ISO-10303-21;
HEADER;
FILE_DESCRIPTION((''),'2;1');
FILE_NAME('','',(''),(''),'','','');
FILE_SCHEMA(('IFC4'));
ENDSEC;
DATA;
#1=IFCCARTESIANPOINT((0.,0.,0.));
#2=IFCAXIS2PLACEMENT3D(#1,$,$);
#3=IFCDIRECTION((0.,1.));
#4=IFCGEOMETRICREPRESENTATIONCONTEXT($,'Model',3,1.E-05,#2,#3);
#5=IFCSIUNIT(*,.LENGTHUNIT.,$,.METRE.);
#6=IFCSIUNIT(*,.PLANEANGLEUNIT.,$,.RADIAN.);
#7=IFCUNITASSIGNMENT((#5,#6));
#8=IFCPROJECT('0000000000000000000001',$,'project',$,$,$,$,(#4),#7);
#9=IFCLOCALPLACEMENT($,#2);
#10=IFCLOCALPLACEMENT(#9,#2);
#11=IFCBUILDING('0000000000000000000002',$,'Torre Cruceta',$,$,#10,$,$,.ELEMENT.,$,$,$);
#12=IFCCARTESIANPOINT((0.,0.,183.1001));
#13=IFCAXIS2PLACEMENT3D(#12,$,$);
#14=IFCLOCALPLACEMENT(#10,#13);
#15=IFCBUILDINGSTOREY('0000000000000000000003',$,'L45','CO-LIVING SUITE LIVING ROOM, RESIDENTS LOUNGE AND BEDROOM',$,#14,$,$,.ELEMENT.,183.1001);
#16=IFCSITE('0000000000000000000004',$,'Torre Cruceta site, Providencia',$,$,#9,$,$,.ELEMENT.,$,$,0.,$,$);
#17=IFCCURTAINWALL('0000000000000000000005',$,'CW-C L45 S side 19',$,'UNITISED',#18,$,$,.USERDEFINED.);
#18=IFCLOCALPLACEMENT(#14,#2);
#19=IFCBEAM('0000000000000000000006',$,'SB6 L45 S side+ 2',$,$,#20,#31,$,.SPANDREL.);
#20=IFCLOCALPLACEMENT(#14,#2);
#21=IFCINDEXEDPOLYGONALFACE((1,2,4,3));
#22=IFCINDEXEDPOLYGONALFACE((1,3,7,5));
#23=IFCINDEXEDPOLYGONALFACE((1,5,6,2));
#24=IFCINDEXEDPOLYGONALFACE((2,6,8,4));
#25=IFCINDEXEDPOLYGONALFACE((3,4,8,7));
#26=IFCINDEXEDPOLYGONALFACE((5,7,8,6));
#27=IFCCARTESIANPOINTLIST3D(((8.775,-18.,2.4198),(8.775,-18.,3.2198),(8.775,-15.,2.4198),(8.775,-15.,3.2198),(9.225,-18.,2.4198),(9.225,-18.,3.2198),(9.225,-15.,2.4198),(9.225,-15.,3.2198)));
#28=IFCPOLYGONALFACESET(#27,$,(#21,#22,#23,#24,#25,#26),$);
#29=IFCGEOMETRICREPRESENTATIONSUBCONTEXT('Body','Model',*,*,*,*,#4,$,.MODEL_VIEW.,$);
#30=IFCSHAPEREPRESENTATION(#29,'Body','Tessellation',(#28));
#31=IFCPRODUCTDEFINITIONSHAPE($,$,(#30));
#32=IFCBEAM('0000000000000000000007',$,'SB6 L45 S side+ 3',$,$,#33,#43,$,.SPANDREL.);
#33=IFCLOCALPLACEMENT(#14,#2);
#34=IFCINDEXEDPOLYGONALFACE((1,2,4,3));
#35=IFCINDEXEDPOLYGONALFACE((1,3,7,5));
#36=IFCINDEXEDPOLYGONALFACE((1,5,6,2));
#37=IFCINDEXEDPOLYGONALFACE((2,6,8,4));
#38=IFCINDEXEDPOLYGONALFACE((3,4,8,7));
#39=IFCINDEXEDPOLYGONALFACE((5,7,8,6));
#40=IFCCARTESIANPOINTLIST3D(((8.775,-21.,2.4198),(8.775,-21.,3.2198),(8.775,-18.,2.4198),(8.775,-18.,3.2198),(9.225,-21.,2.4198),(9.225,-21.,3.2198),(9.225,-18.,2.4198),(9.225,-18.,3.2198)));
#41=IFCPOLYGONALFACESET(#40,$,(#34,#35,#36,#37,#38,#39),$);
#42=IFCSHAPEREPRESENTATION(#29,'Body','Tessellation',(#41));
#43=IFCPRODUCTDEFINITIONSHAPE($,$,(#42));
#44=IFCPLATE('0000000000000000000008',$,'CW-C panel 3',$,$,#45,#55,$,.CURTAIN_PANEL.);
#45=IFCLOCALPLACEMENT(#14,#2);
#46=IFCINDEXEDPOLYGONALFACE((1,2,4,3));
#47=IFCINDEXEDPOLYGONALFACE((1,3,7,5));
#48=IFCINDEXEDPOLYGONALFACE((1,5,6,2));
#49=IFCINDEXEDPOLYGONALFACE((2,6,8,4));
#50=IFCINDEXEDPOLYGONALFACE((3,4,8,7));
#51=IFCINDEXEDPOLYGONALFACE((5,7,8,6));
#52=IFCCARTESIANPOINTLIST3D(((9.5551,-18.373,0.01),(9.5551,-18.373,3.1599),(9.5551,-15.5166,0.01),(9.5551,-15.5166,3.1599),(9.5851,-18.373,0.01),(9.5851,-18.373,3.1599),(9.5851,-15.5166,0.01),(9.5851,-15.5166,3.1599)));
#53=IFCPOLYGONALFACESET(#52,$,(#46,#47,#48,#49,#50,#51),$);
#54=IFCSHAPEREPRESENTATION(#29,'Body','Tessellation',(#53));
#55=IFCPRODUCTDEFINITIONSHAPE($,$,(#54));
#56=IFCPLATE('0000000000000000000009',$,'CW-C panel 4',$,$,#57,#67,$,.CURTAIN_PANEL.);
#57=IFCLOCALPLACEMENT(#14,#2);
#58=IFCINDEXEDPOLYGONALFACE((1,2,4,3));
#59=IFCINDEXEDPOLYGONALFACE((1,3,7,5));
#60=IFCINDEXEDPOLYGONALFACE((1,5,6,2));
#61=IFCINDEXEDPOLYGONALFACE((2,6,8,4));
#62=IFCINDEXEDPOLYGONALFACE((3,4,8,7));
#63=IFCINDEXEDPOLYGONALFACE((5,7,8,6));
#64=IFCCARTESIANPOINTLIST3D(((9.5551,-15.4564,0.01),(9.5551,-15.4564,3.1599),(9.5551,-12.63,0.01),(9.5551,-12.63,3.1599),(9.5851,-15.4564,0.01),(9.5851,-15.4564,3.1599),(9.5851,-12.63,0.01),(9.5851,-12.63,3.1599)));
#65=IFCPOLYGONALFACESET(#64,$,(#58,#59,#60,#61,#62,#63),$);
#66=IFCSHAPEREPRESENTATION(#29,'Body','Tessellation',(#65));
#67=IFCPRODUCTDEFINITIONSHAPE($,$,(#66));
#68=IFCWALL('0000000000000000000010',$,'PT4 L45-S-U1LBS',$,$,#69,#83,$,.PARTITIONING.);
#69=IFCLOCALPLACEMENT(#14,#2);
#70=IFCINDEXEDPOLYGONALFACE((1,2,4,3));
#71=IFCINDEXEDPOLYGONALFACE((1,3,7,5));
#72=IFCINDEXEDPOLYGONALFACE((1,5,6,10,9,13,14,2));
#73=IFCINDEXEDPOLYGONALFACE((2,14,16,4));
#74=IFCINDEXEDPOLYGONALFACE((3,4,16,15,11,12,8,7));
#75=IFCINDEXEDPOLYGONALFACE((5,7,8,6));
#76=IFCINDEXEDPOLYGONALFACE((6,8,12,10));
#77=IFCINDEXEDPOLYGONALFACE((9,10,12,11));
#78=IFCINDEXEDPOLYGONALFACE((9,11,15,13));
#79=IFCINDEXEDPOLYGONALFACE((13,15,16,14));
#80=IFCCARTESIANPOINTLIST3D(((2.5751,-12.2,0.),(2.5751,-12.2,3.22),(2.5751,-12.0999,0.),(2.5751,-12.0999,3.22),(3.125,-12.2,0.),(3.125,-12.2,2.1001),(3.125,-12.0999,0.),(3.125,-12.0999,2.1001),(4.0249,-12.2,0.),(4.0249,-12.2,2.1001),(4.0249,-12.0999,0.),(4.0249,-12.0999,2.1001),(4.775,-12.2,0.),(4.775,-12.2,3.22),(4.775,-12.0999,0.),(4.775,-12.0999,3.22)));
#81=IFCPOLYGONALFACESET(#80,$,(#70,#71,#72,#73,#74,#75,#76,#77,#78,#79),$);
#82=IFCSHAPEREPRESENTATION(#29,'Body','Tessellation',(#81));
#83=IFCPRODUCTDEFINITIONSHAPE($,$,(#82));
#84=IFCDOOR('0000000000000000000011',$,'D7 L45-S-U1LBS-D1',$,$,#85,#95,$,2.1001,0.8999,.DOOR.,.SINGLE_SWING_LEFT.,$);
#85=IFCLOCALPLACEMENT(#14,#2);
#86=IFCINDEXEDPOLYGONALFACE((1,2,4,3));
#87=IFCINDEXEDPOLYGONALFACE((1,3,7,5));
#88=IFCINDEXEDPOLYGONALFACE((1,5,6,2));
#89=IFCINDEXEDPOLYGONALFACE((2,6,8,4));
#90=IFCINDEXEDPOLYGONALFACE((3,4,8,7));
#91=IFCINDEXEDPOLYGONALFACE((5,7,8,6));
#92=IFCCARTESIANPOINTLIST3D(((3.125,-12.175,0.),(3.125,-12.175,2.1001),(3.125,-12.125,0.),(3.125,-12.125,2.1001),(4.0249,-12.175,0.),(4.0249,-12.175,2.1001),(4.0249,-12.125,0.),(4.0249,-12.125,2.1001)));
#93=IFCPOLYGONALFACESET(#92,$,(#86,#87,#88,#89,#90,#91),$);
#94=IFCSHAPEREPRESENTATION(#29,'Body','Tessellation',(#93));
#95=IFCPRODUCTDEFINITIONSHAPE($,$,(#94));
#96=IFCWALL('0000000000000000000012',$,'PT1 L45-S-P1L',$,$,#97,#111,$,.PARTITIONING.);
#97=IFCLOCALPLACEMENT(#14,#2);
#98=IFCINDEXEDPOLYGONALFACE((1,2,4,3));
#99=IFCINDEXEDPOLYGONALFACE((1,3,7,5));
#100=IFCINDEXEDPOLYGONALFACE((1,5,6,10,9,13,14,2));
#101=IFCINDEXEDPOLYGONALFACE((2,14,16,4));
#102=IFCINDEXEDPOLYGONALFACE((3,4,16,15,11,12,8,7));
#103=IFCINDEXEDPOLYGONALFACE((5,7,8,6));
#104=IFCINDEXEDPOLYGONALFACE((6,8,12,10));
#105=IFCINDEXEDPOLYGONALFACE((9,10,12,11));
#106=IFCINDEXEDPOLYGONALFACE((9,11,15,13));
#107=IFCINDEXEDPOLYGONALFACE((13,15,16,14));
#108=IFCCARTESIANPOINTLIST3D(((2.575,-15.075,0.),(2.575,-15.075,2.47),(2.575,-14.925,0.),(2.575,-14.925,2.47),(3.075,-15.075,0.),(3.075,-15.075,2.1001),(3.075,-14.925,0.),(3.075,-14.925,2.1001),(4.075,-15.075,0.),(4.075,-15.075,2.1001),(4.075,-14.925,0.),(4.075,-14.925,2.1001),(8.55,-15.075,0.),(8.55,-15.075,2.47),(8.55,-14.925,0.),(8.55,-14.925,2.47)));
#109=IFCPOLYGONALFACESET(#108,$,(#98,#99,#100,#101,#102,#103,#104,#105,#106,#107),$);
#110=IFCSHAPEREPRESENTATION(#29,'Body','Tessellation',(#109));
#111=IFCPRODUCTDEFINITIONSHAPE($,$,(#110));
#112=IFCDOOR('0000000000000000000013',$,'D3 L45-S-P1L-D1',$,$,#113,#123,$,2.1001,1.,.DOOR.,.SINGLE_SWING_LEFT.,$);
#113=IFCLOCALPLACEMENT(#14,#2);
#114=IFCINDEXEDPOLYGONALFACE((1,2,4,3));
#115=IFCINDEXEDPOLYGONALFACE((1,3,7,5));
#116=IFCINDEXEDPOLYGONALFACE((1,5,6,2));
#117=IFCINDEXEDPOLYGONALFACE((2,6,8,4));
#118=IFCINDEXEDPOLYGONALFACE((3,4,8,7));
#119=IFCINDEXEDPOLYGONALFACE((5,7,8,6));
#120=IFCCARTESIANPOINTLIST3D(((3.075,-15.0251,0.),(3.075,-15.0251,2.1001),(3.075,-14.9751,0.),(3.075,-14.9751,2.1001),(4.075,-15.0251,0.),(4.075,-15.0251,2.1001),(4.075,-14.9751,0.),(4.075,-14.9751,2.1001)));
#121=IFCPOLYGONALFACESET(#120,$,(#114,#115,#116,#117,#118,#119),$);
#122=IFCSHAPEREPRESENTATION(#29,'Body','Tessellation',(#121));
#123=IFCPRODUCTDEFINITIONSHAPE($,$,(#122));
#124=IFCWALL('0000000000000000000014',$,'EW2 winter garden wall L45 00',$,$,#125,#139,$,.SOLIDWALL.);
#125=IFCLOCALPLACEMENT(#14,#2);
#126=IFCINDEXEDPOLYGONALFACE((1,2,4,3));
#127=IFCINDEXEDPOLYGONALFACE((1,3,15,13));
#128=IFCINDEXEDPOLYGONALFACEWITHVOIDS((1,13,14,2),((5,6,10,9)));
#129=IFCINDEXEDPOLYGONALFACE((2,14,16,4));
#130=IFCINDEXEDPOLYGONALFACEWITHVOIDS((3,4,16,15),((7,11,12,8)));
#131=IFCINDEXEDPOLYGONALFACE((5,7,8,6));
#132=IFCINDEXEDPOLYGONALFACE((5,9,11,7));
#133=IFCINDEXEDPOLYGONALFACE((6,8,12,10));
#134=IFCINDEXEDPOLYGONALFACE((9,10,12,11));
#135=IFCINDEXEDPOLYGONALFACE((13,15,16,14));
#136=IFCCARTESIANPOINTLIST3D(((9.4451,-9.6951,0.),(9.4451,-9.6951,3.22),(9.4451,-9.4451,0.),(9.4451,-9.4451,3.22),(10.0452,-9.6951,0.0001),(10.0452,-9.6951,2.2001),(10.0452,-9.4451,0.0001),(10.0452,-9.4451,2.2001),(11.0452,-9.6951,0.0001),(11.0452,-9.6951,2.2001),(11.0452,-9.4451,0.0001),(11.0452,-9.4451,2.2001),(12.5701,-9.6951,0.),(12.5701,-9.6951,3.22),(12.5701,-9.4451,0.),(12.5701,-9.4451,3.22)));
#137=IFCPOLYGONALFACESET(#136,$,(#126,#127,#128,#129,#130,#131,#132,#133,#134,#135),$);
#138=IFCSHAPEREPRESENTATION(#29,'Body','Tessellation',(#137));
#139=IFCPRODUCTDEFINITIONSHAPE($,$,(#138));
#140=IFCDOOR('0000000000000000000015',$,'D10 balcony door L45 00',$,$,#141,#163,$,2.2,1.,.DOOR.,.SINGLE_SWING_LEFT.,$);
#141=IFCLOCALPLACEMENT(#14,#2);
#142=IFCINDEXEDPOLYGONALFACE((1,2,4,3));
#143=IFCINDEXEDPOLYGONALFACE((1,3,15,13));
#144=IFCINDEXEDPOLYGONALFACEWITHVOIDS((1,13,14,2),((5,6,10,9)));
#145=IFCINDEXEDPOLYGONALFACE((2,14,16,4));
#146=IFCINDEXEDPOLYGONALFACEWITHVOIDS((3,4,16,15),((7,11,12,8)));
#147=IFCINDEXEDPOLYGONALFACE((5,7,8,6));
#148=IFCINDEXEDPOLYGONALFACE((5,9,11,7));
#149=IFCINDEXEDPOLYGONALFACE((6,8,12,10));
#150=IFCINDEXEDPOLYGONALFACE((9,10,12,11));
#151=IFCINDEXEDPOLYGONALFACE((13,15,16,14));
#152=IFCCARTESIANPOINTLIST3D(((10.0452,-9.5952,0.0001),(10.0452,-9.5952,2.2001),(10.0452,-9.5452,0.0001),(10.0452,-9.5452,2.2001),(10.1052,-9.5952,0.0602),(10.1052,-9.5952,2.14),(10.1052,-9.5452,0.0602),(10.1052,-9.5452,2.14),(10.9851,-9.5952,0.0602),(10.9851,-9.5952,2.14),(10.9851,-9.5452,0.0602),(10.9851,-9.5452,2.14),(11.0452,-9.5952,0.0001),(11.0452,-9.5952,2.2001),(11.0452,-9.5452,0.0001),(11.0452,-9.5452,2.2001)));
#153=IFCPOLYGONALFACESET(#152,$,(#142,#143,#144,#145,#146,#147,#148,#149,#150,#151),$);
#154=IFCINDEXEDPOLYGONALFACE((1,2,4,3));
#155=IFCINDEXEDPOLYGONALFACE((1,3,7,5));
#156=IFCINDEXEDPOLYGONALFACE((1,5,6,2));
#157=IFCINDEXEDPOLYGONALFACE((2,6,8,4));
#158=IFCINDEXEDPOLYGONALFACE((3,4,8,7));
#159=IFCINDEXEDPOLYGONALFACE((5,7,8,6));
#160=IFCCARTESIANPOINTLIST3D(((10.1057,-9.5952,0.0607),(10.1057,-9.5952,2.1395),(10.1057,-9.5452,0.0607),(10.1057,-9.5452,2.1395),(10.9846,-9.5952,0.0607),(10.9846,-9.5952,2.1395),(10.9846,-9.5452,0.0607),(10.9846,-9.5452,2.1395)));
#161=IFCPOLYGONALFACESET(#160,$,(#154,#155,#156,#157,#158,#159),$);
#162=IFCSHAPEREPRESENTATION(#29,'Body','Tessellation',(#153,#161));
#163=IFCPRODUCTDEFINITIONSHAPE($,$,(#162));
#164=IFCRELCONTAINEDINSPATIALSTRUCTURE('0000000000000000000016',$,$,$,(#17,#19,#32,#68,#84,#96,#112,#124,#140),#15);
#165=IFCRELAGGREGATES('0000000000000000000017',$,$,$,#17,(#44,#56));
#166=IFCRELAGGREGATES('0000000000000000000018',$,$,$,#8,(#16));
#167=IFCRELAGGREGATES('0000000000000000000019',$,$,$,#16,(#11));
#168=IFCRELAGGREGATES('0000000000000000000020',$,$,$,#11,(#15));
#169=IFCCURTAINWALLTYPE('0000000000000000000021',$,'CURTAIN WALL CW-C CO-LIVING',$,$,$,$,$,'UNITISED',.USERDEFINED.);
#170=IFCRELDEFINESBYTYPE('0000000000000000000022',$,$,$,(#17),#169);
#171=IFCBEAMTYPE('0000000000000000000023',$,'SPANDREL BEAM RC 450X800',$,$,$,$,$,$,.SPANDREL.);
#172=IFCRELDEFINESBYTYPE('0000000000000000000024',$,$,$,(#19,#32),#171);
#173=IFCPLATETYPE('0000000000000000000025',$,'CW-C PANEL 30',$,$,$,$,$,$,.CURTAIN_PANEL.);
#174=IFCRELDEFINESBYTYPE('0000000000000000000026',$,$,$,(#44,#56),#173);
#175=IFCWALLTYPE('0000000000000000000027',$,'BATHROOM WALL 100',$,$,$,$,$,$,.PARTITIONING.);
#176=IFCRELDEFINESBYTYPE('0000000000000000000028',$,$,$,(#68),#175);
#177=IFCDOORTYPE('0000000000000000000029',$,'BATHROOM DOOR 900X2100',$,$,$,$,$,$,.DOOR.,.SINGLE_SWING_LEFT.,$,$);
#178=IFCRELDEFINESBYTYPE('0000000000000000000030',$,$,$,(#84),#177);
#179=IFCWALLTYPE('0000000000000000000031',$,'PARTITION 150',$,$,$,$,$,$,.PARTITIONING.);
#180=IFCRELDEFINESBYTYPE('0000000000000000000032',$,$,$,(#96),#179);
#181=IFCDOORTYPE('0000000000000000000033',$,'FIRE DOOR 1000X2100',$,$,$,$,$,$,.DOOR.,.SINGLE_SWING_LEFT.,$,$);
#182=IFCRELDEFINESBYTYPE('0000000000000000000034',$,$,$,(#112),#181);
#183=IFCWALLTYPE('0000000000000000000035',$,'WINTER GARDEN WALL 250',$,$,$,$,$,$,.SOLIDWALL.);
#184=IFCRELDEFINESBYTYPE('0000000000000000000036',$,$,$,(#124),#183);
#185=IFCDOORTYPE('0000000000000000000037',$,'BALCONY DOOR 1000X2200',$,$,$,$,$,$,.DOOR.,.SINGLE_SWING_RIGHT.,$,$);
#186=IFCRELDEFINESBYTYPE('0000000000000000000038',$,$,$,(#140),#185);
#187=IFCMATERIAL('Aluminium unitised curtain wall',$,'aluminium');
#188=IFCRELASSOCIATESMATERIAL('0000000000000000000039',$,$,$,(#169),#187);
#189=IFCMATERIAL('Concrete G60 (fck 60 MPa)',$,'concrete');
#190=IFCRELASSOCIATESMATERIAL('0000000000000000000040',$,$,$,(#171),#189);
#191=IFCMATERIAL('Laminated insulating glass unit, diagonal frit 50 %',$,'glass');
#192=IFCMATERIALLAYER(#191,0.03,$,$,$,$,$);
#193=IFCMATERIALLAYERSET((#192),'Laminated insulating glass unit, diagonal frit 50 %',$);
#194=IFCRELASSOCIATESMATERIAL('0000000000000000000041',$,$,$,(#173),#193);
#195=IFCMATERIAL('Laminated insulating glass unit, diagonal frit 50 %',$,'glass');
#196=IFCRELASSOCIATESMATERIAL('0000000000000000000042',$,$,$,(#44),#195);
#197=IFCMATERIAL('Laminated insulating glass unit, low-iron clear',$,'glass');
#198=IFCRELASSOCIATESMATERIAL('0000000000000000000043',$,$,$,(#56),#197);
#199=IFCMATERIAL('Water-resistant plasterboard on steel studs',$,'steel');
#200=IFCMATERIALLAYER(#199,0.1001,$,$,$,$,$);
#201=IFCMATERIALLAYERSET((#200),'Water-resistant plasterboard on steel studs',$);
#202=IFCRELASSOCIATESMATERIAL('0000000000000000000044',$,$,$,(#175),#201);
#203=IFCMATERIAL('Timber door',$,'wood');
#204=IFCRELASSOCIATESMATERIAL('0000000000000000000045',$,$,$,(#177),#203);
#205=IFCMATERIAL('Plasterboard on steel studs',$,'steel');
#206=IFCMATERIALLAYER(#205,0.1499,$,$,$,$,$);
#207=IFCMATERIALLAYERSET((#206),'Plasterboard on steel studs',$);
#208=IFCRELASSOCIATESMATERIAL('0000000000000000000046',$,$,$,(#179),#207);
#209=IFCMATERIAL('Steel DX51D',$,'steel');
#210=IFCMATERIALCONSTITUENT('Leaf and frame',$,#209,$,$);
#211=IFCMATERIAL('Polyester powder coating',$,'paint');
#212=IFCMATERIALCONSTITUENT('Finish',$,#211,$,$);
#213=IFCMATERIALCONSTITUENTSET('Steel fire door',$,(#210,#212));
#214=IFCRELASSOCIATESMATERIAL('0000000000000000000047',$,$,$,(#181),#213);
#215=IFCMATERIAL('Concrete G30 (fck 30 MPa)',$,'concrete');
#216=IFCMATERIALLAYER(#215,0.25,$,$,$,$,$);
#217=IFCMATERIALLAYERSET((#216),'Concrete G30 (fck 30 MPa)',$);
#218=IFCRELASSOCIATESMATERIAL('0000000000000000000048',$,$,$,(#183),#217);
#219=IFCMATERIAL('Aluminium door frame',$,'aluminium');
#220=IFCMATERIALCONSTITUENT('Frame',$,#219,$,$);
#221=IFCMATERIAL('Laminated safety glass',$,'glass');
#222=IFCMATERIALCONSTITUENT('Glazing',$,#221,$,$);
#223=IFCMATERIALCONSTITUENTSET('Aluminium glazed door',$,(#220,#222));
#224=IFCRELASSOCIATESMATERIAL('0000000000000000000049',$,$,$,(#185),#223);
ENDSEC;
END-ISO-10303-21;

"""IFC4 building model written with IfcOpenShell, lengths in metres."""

from ifc_helpers import new_model, si_unit, direction, frame, frame_2d, origin, origin_2d, place, context, subcontext, project, spatial, rectangle, hollow_rectangle, extrude, material, layer, layer_set, constituent, constituent_set, material_profile, profile_set, type_object, element, fill, aggregate, save


model = new_model("IFC4")

# Units and contexts
model_context = context("Model", 3, precision=1e-05, world=origin(), true_north=direction((0.0, 1.0)))
body_context = subcontext(model_context, "Body", "Model", "MODEL_VIEW")
ifc_project = project(units=[si_unit("LENGTHUNIT", "METRE"), si_unit("PLANEANGLEUNIT", "RADIAN")], contexts=[model_context])

# Site, building, storey
site_placement = place(None, origin())
site = spatial("IfcSite", under=ifc_project, at=site_placement, Name="Torre Cruceta site, Providencia", CompositionType="ELEMENT", RefElevation=0.0)
building_placement = place(site_placement, origin())
building = spatial("IfcBuilding", under=site, at=building_placement, Name="Torre Cruceta", CompositionType="ELEMENT")
storey_placement = place(building_placement, frame((0.0, 0.0, 183.1001)))
storey = spatial("IfcBuildingStorey", under=building, at=storey_placement, Name="L45", Description="CO-LIVING SUITE LIVING ROOM, RESIDENTS LOUNGE AND BEDROOM", CompositionType="ELEMENT", Elevation=183.1001)

# Shared definitions
ifc_material_1 = material(Name="Aluminium unitised curtain wall", Category="aluminium")
curtain_wall_type = type_object("IfcCurtainWallType", Name="CURTAIN WALL CW-C CO-LIVING", ElementType="UNITISED", PredefinedType="USERDEFINED", material=ifc_material_1)

# Curtain wall
curtain_wall_1_placement = place(storey_placement, origin())
curtain_wall_1 = element("IfcCurtainWall", 1, at=curtain_wall_1_placement, inside=storey, type_object=curtain_wall_type, Name="CW-C L45 S side 19", ObjectType="UNITISED", PredefinedType="USERDEFINED")

# Beams
ifc_material_2 = material(Name="Concrete G60 (fck 60 MPa)", Category="concrete")
ifc_material_profile_1 = material_profile(ifc_material_2, rectangle(XDim=0.45, YDim=0.8, at=origin_2d()), Name="RC 450X800")
ifc_profile_set_1 = profile_set([ifc_material_profile_1], Name="Concrete G60 (fck 60 MPa)")
beam_type_1 = type_object("IfcBeamType", Name="SPANDREL BEAM RC 450X800", PredefinedType="SPANDREL", material=ifc_profile_set_1)
for number, where, z_axis, x_axis, name in (
    (2, (9.0, -15.0, 2.8198), (0.0, -1.0, 0.0), (1.0, 0.0, 0.0), "SB6 L45 S side+ 2"),
    (3, (9.0, -18.0, 2.8198), (0.0, -1.0, 0.0), (1.0, 0.0, 0.0), "SB6 L45 S side+ 3"),
):
    element("IfcBeam", number, at=place(storey_placement, frame(where, z_axis=z_axis, x_axis=x_axis)), inside=storey, type_object=beam_type_1, Name=name, PredefinedType="SPANDREL", context=body_context, shape_type="SweptSolid", body=[
        extrude(rectangle(XDim=0.45, YDim=0.8, at=origin_2d()), origin(), (0.0, 0.0, 1.0), 3.0),
    ])

# Plates
ifc_material_3 = material(Name="Laminated insulating glass unit, diagonal frit 50 %", Category="glass")
ifc_material_4 = material(Name="Laminated insulating glass unit, diagonal frit 50 %", Category="glass")
ifc_layer_1 = layer(ifc_material_4, 0.03)
ifc_layer_set_1 = layer_set([ifc_layer_1], Name="Laminated insulating glass unit, diagonal frit 50 %")
plate_type = type_object("IfcPlateType", Name="CW-C PANEL 30", PredefinedType="CURTAIN_PANEL", material=ifc_layer_set_1)
plate_1_placement = place(storey_placement, frame((9.5701, -16.9448, 0.01), z_axis=(0.0, 0.0, 1.0), x_axis=(0.0, 1.0, 0.0)))
plate_1 = element("IfcPlate", 4, at=plate_1_placement, type_object=plate_type, material=ifc_material_3, Name="CW-C panel 3", PredefinedType="CURTAIN_PANEL", context=body_context, shape_type="SweptSolid", body=[
    extrude(rectangle(XDim=2.8564, YDim=0.03, at=origin_2d()), origin(), (0.0, 0.0, 1.0), 3.1499),
])
ifc_material_5 = material(Name="Laminated insulating glass unit, low-iron clear", Category="glass")
plate_2_placement = place(storey_placement, frame((9.5701, -14.0432, 0.01), z_axis=(0.0, 0.0, 1.0), x_axis=(0.0, 1.0, 0.0)))
plate_2 = element("IfcPlate", 5, at=plate_2_placement, type_object=plate_type, material=ifc_material_5, Name="CW-C panel 4", PredefinedType="CURTAIN_PANEL", context=body_context, shape_type="SweptSolid", body=[
    extrude(rectangle(XDim=2.8264, YDim=0.03, at=origin_2d()), origin(), (0.0, 0.0, 1.0), 3.1499),
])
aggregate(curtain_wall_1, [plate_1, plate_2])

# Walls, openings, doors
ifc_material_6 = material(Name="Water-resistant plasterboard on steel studs", Category="steel")
ifc_layer_2 = layer(ifc_material_6, 0.1001)
ifc_layer_set_2 = layer_set([ifc_layer_2], Name="Water-resistant plasterboard on steel studs")
wall_type_1 = type_object("IfcWallType", Name="BATHROOM WALL 100", PredefinedType="PARTITIONING", material=ifc_layer_set_2)
wall_1_placement = place(storey_placement, frame((2.575, -12.1499, 0.0), z_axis=(0.0, 0.0, 1.0), x_axis=(1.0, 0.0, 0.0)))
wall_1 = element("IfcWall", 6, at=wall_1_placement, inside=storey, type_object=wall_type_1, Name="PT4 L45-S-U1LBS", PredefinedType="PARTITIONING", context=body_context, shape_type="SweptSolid", body=[
    extrude(rectangle(XDim=2.2, YDim=0.1001, at=frame_2d((1.1001, 0.0))), origin(), (0.0, 0.0, 1.0), 3.22),
])
opening_1_placement = place(wall_1_placement, frame((0.55, 0.0, 0.0)))
opening_1 = element("IfcOpeningElement", 7, at=opening_1_placement, cuts=wall_1, PredefinedType="OPENING", context=body_context, shape_type="SweptSolid", body=[
    extrude(rectangle(XDim=0.8999, YDim=2.1001, at=frame_2d((0.45, 1.05))), frame((0.0, 0.0601, 0.0), z_axis=(0.0, -1.0, 0.0), x_axis=(1.0, 0.0, 0.0)), (0.0, 0.0, 1.0), 0.1201),
])
ifc_material_7 = material(Name="Timber door", Category="wood")
door_type_1 = type_object("IfcDoorType", Name="BATHROOM DOOR 900X2100", OperationType="SINGLE_SWING_LEFT", PredefinedType="DOOR", material=ifc_material_7)
door_1_placement = place(opening_1_placement, origin())
door_1 = element("IfcDoor", 8, at=door_1_placement, inside=storey, type_object=door_type_1, Name="D7 L45-S-U1LBS-D1", OperationType="SINGLE_SWING_LEFT", OverallHeight=2.1001, OverallWidth=0.8999, PredefinedType="DOOR", context=body_context, shape_type="SweptSolid", body=[
    extrude(rectangle(XDim=0.8999, YDim=2.1001, at=frame_2d((0.45, 1.05))), frame((0.0, 0.0249, 0.0), z_axis=(0.0, -1.0, 0.0), x_axis=(1.0, 0.0, 0.0)), (0.0, 0.0, 1.0), 0.05),
])
fill(opening_1, door_1)
ifc_material_8 = material(Name="Plasterboard on steel studs", Category="steel")
ifc_layer_3 = layer(ifc_material_8, 0.1499)
ifc_layer_set_3 = layer_set([ifc_layer_3], Name="Plasterboard on steel studs")
wall_type_2 = type_object("IfcWallType", Name="PARTITION 150", PredefinedType="PARTITIONING", material=ifc_layer_set_3)
wall_2_placement = place(storey_placement, frame((2.575, -15.0, 0.0), z_axis=(0.0, 0.0, 1.0), x_axis=(1.0, 0.0, 0.0)))
wall_2 = element("IfcWall", 9, at=wall_2_placement, inside=storey, type_object=wall_type_2, Name="PT1 L45-S-P1L", PredefinedType="PARTITIONING", context=body_context, shape_type="SweptSolid", body=[
    extrude(rectangle(XDim=5.9751, YDim=0.1499, at=frame_2d((2.9875, 0.0))), origin(), (0.0, 0.0, 1.0), 2.47),
])
opening_2_placement = place(wall_2_placement, frame((0.5, 0.0, 0.0)))
opening_2 = element("IfcOpeningElement", 10, at=opening_2_placement, cuts=wall_2, PredefinedType="OPENING", context=body_context, shape_type="SweptSolid", body=[
    extrude(rectangle(XDim=1.0, YDim=2.1001, at=frame_2d((0.5, 1.05))), frame((0.0, 0.085, 0.0), z_axis=(0.0, -1.0, 0.0), x_axis=(1.0, 0.0, 0.0)), (0.0, 0.0, 1.0), 0.1699),
])
ifc_material_9 = material(Name="Steel DX51D", Category="steel")
ifc_constituent_1 = constituent(ifc_material_9, Name="Leaf and frame")
ifc_material_10 = material(Name="Polyester powder coating", Category="paint")
ifc_constituent_2 = constituent(ifc_material_10, Name="Finish")
ifc_constituent_set_1 = constituent_set(constituents=[ifc_constituent_1, ifc_constituent_2], Name="Steel fire door")
door_type_2 = type_object("IfcDoorType", Name="FIRE DOOR 1000X2100", OperationType="SINGLE_SWING_LEFT", PredefinedType="DOOR", material=ifc_constituent_set_1)
door_2_placement = place(opening_2_placement, origin())
door_2 = element("IfcDoor", 11, at=door_2_placement, inside=storey, type_object=door_type_2, Name="D3 L45-S-P1L-D1", OperationType="SINGLE_SWING_LEFT", OverallHeight=2.1001, OverallWidth=1.0, PredefinedType="DOOR", context=body_context, shape_type="SweptSolid", body=[
    extrude(rectangle(XDim=1.0, YDim=2.1001, at=frame_2d((0.5, 1.05))), frame((0.0, 0.0249, 0.0), z_axis=(0.0, -1.0, 0.0), x_axis=(1.0, 0.0, 0.0)), (0.0, 0.0, 1.0), 0.05),
])
fill(opening_2, door_2)
ifc_material_11 = material(Name="Concrete G30 (fck 30 MPa)", Category="concrete")
ifc_layer_4 = layer(ifc_material_11, 0.25)
ifc_layer_set_4 = layer_set([ifc_layer_4], Name="Concrete G30 (fck 30 MPa)")
wall_type_3 = type_object("IfcWallType", Name="WINTER GARDEN WALL 250", PredefinedType="SOLIDWALL", material=ifc_layer_set_4)
wall_3_placement = place(storey_placement, frame((9.4451, -9.5701, 0.0), z_axis=(0.0, 0.0, 1.0), x_axis=(1.0, 0.0, 0.0)))
wall_3 = element("IfcWall", 12, at=wall_3_placement, inside=storey, type_object=wall_type_3, Name="EW2 winter garden wall L45 00", PredefinedType="SOLIDWALL", context=body_context, shape_type="SweptSolid", body=[
    extrude(rectangle(XDim=3.125, YDim=0.25, at=frame_2d((1.5625, 0.0))), origin(), (0.0, 0.0, 1.0), 3.22),
])
opening_3_placement = place(wall_3_placement, frame((0.6001, 0.0, 0.0)))
opening_3 = element("IfcOpeningElement", 13, at=opening_3_placement, cuts=wall_3, PredefinedType="OPENING", context=body_context, shape_type="SweptSolid", body=[
    extrude(rectangle(XDim=1.0, YDim=2.2, at=frame_2d((0.5, 1.1001))), frame((0.0, 0.135, 0.0), z_axis=(0.0, -1.0, 0.0), x_axis=(1.0, 0.0, 0.0)), (0.0, 0.0, 1.0), 0.27),
])
ifc_material_12 = material(Name="Aluminium door frame", Category="aluminium")
ifc_constituent_3 = constituent(ifc_material_12, Name="Frame")
ifc_material_13 = material(Name="Laminated safety glass", Category="glass")
ifc_constituent_4 = constituent(ifc_material_13, Name="Glazing")
ifc_constituent_set_2 = constituent_set(constituents=[ifc_constituent_3, ifc_constituent_4], Name="Aluminium glazed door")
door_type_3 = type_object("IfcDoorType", Name="BALCONY DOOR 1000X2200", OperationType="SINGLE_SWING_RIGHT", PredefinedType="DOOR", material=ifc_constituent_set_2)
door_3_placement = place(opening_3_placement, origin())
door_3 = element("IfcDoor", 14, at=door_3_placement, inside=storey, type_object=door_type_3, Name="D10 balcony door L45 00", OperationType="SINGLE_SWING_LEFT", OverallHeight=2.2, OverallWidth=1.0, PredefinedType="DOOR", context=body_context, shape_type="SweptSolid", body=[
    extrude(hollow_rectangle(XDim=1.0, YDim=2.2, WallThickness=0.0601, at=frame_2d((0.5, 1.1001))), frame((0.0, 0.0249, 0.0), z_axis=(0.0, -1.0, 0.0), x_axis=(1.0, 0.0, 0.0)), (0.0, 0.0, 1.0), 0.05),
    extrude(rectangle(XDim=0.8789, YDim=2.0789, at=frame_2d((0.5, 1.1001))), frame((0.0, 0.0249, 0.0), z_axis=(0.0, -1.0, 0.0), x_axis=(1.0, 0.0, 0.0)), (0.0, 0.0, 1.0), 0.05),
])
fill(opening_3, door_3)

save(model, "model.ifc")
